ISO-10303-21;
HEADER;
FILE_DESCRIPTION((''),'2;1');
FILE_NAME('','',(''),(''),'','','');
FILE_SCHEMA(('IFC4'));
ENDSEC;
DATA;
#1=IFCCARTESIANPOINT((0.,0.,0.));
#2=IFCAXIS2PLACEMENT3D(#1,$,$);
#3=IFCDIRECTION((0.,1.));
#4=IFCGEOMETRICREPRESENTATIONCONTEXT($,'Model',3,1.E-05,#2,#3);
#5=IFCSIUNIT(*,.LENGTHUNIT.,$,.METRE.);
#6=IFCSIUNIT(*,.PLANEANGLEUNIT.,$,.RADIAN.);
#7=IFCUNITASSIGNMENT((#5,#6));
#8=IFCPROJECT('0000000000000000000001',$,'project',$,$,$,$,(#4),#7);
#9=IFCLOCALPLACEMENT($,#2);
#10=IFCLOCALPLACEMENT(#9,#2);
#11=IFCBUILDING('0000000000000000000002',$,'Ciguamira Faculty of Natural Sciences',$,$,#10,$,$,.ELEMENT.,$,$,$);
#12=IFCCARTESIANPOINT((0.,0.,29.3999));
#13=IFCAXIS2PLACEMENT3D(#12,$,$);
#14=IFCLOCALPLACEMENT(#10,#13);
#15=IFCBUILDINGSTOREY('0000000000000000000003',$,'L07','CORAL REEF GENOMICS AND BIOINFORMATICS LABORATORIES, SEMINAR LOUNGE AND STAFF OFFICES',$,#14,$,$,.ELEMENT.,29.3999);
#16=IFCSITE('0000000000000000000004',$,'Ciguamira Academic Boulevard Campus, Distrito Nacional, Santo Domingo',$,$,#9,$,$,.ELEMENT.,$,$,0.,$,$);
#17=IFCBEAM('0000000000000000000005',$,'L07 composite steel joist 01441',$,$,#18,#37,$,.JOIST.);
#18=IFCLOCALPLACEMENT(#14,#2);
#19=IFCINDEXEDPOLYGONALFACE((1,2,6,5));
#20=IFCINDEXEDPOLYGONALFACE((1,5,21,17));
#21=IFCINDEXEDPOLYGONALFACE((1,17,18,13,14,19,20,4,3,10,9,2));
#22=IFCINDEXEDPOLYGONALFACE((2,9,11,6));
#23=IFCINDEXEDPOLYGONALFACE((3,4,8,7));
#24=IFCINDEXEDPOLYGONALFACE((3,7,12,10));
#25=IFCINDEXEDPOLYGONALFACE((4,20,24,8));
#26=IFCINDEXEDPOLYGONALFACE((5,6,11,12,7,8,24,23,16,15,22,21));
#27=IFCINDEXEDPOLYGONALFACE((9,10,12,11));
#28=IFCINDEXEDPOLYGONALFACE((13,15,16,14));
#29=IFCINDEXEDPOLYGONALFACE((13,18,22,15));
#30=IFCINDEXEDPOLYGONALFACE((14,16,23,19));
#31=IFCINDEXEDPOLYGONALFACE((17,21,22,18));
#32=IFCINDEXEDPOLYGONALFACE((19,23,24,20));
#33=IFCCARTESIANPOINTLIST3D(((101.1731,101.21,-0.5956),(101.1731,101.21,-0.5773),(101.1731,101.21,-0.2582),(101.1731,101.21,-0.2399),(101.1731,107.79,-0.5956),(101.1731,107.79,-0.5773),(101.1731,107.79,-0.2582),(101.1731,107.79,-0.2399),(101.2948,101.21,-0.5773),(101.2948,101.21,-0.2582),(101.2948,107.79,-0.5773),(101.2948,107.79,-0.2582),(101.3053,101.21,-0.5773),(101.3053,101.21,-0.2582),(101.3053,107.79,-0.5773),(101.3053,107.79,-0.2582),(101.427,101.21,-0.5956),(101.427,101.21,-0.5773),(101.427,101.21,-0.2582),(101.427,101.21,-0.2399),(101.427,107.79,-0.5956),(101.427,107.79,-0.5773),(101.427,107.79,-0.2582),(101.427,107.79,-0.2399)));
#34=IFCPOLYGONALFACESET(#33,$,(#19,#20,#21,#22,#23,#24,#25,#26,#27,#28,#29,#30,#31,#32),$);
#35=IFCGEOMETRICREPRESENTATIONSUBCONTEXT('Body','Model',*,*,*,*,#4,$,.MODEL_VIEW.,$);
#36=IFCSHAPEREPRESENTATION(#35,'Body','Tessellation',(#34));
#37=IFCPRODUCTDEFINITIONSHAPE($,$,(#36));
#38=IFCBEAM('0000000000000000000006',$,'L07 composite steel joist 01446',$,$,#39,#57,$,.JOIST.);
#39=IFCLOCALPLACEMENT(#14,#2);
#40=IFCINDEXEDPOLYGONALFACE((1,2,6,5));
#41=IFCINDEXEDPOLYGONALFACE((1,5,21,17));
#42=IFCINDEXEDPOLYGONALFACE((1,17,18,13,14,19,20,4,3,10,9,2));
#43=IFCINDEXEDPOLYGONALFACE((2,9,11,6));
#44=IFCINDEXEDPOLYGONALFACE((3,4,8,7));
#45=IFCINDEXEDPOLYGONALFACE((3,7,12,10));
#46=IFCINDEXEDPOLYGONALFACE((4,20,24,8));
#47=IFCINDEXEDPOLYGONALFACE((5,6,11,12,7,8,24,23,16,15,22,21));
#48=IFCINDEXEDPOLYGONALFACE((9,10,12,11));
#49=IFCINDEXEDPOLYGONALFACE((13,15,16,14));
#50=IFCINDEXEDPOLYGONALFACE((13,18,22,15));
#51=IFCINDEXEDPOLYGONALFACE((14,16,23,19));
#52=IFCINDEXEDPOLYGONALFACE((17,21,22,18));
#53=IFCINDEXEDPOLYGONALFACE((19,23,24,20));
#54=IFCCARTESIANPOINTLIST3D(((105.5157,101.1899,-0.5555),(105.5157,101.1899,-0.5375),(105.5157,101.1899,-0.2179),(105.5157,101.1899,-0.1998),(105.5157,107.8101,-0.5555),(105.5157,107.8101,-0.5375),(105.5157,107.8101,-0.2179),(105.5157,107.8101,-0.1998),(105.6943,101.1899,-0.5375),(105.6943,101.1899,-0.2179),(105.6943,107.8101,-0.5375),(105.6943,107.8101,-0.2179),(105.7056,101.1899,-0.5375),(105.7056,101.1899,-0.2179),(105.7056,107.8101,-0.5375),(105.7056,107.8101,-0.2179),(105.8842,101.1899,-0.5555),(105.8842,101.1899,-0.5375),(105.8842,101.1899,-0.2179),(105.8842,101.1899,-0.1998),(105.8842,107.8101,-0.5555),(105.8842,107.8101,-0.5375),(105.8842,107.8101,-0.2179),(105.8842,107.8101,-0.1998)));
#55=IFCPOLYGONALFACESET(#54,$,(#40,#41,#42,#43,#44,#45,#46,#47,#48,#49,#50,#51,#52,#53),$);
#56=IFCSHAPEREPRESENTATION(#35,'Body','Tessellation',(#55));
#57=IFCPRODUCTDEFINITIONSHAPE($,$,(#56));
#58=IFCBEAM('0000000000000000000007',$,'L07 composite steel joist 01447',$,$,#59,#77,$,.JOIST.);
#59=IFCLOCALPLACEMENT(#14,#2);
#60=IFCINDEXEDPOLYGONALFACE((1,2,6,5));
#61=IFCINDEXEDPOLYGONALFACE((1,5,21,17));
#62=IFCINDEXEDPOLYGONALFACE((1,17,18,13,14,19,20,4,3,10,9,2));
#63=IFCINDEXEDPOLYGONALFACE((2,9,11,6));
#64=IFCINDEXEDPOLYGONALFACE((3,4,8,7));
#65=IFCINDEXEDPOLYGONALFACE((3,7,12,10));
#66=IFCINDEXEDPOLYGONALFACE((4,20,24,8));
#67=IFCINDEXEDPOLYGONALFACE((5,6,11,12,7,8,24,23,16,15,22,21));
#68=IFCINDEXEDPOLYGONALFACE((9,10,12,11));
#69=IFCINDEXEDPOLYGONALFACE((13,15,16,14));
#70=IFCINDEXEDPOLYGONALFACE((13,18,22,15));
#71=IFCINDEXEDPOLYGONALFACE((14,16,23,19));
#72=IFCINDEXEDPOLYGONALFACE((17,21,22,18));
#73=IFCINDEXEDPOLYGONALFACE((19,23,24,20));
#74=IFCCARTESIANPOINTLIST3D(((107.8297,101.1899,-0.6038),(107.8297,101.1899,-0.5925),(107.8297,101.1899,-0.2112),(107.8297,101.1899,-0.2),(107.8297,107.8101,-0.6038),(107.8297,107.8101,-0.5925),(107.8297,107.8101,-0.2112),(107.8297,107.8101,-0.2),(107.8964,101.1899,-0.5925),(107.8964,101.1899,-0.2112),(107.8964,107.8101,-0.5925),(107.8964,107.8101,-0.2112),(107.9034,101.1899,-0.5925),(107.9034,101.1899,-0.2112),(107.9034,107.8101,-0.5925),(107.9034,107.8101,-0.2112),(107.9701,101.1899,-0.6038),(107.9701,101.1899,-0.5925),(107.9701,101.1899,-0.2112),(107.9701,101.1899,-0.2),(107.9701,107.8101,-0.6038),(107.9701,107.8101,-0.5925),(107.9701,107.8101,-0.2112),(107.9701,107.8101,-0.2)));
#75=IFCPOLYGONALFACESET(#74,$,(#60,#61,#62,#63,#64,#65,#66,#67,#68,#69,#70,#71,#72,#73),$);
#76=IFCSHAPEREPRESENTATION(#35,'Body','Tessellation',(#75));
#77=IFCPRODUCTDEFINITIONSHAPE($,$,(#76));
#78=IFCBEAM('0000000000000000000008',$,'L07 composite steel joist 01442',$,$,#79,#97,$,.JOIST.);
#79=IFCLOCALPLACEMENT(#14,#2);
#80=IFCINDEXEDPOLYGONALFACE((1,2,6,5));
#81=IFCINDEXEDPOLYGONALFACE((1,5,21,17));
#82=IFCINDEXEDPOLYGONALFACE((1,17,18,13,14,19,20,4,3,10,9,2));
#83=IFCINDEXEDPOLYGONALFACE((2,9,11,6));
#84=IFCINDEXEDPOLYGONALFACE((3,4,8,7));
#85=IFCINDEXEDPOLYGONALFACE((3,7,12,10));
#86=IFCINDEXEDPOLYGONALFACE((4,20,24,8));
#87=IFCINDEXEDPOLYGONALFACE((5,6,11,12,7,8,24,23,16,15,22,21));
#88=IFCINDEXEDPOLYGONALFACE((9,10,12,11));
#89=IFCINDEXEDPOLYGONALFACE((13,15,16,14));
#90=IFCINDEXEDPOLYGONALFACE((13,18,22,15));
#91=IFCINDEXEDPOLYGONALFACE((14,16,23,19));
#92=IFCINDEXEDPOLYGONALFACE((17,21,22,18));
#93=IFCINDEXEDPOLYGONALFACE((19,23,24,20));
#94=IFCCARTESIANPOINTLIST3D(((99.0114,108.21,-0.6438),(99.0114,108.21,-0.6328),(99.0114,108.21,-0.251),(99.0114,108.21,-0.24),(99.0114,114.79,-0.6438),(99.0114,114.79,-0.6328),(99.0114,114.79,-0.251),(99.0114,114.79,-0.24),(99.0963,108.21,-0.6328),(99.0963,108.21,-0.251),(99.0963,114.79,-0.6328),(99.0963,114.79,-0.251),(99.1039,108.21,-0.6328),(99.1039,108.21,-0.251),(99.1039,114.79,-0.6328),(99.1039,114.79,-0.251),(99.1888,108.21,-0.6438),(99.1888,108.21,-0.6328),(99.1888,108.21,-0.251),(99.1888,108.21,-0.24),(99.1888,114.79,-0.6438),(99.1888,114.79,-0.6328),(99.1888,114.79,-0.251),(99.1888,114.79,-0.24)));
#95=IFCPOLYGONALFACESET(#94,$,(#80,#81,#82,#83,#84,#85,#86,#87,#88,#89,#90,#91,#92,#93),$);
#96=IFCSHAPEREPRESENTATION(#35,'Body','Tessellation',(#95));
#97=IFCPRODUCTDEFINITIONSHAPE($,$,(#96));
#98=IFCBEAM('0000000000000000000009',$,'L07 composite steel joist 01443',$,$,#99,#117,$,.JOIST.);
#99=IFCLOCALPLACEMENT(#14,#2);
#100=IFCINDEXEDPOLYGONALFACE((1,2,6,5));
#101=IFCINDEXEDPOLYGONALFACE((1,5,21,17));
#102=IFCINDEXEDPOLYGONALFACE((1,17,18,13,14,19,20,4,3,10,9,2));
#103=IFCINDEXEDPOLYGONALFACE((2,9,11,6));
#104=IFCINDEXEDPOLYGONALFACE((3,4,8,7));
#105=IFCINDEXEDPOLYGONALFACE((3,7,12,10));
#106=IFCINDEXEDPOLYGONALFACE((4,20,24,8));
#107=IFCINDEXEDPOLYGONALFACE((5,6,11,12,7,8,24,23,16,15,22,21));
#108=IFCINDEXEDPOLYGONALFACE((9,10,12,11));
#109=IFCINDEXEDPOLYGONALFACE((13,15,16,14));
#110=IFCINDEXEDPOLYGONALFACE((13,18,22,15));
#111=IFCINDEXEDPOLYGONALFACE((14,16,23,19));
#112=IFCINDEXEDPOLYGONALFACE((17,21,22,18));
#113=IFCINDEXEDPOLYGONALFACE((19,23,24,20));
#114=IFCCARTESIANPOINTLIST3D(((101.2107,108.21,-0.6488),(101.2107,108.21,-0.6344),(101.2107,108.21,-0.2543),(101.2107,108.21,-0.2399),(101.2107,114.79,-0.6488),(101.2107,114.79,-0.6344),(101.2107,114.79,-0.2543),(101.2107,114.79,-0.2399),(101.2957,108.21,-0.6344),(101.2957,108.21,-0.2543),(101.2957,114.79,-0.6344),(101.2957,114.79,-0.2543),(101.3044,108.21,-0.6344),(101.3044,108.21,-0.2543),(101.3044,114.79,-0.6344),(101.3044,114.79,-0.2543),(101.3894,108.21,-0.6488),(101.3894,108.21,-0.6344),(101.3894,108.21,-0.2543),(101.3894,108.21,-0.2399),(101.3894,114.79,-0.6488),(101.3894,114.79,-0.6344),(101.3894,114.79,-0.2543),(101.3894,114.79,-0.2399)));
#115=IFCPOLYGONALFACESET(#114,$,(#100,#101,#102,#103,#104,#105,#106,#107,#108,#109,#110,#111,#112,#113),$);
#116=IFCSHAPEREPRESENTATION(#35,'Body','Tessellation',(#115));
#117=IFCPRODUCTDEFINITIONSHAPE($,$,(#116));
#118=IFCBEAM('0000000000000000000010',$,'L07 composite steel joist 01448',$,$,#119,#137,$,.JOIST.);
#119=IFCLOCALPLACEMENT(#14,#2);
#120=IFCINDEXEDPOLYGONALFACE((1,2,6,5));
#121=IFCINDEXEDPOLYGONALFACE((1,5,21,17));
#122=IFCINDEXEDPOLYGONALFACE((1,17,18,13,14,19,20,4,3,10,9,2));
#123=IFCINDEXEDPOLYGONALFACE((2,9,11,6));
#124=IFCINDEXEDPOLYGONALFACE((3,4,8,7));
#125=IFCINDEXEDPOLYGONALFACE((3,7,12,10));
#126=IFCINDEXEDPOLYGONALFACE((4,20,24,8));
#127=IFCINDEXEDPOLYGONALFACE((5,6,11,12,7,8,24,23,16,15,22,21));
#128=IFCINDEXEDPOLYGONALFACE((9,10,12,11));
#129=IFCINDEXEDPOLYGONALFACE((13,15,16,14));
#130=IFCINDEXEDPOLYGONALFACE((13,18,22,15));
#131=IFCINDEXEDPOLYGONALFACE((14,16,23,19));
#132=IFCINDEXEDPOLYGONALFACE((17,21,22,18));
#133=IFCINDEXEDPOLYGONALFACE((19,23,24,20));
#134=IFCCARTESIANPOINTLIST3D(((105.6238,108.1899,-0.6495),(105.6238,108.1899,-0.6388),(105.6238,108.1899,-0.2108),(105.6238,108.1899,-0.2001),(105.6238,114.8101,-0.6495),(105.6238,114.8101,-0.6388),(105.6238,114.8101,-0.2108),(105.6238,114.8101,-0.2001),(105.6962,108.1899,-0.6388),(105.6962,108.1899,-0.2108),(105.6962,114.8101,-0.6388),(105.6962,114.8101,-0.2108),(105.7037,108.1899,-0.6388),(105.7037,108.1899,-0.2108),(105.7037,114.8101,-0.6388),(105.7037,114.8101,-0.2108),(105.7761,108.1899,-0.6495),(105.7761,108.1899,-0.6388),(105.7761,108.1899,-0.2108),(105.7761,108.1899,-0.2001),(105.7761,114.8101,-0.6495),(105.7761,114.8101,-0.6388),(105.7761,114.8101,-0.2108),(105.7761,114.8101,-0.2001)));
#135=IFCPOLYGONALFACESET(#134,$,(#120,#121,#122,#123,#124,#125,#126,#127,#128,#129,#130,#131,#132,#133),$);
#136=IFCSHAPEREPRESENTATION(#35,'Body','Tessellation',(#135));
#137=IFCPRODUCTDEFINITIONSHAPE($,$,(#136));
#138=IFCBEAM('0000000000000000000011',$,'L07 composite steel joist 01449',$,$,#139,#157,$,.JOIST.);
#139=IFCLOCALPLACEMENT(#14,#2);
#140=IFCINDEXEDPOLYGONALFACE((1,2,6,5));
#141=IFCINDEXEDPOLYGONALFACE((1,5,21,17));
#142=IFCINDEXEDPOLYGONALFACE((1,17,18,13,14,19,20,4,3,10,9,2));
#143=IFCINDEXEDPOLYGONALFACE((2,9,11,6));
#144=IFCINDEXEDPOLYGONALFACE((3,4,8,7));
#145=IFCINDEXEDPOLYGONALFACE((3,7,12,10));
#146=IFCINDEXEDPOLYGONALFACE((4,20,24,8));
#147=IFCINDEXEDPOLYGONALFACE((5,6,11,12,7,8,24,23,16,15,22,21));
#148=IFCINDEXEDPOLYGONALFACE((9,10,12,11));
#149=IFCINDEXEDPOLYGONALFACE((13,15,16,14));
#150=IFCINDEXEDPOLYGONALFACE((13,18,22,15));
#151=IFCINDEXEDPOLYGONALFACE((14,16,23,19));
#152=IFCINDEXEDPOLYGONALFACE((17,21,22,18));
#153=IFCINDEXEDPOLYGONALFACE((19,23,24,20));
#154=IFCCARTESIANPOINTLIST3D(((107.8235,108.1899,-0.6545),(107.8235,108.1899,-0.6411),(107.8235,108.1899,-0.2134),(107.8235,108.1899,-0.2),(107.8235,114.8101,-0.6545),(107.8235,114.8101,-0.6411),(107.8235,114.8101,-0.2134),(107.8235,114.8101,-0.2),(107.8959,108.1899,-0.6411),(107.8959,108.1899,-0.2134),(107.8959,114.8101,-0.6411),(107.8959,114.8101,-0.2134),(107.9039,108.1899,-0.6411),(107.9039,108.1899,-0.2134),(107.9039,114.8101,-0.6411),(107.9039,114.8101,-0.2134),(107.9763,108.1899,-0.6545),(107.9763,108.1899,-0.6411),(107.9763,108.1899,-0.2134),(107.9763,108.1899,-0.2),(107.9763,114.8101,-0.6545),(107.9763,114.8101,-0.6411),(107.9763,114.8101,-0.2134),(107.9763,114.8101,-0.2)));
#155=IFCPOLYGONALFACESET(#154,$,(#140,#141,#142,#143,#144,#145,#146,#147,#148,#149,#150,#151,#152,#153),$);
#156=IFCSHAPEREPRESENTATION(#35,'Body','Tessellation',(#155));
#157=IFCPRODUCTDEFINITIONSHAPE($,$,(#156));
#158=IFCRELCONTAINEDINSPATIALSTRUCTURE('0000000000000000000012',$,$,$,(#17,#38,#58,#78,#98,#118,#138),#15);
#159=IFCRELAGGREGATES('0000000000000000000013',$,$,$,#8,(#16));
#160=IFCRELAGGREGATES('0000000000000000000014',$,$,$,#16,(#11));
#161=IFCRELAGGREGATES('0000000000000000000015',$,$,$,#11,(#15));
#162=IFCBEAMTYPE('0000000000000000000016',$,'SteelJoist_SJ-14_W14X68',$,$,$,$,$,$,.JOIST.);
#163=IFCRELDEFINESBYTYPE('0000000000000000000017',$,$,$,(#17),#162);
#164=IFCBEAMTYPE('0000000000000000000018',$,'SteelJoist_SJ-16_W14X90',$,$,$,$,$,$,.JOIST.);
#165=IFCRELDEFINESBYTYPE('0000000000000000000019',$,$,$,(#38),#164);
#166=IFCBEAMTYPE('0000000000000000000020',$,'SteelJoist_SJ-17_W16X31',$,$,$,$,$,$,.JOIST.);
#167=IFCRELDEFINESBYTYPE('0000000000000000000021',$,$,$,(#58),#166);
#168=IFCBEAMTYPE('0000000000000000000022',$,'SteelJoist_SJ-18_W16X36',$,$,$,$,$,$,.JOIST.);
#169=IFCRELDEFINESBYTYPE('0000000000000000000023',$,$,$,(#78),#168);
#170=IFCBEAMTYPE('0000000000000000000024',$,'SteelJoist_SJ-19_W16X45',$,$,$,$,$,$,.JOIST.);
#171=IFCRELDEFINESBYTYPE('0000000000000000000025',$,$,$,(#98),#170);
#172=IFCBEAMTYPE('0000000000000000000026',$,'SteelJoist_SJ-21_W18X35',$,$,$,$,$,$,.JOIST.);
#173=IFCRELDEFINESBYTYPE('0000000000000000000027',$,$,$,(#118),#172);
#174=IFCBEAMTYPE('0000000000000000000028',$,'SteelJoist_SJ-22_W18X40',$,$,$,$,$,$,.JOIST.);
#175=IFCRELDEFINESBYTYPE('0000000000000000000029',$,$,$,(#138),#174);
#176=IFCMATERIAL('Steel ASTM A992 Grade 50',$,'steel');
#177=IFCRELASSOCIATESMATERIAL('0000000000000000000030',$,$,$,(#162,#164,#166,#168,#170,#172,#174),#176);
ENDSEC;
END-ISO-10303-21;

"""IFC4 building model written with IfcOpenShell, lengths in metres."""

from ifc_helpers import new_model, si_unit, direction, frame, origin, origin_2d, place, context, subcontext, project, spatial, i_section, extrude, material, material_profile, profile_set, type_object, element, save


model = new_model("IFC4")

# Units and contexts
model_context = context("Model", 3, precision=1e-05, world=origin(), true_north=direction((0.0, 1.0)))
body_context = subcontext(model_context, "Body", "Model", "MODEL_VIEW")
ifc_project = project(units=[si_unit("LENGTHUNIT", "METRE"), si_unit("PLANEANGLEUNIT", "RADIAN")], contexts=[model_context])

# Site, building, storey
site_placement = place(None, origin())
site = spatial("IfcSite", under=ifc_project, at=site_placement, Name="Ciguamira Academic Boulevard Campus, Distrito Nacional, Santo Domingo", CompositionType="ELEMENT", RefElevation=0.0)
building_placement = place(site_placement, origin())
building = spatial("IfcBuilding", under=site, at=building_placement, Name="Ciguamira Faculty of Natural Sciences", CompositionType="ELEMENT")
storey_placement = place(building_placement, frame((0.0, 0.0, 29.3999)))
storey = spatial("IfcBuildingStorey", under=building, at=storey_placement, Name="L07", Description="CORAL REEF GENOMICS AND BIOINFORMATICS LABORATORIES, SEMINAR LOUNGE AND STAFF OFFICES", CompositionType="ELEMENT", Elevation=29.3999)

# Beams
ifc_material_1 = material(Name="Steel ASTM A992 Grade 50", Category="steel")
ifc_material_profile_1 = material_profile(ifc_material_1, i_section(OverallWidth=0.2539, OverallDepth=0.3557, WebThickness=0.0105, FlangeThickness=0.0183, at=origin_2d()), Name="W14X68")
ifc_profile_set_1 = profile_set([ifc_material_profile_1], Name="Steel ASTM A992 Grade 50")
beam_type_1 = type_object("IfcBeamType", Name="SteelJoist_SJ-14_W14X68", PredefinedType="JOIST", material=ifc_profile_set_1)
beam_1_placement = place(storey_placement, frame((101.3, 101.21, -0.4177), z_axis=(0.0, 1.0, 0.0), x_axis=(-1.0, 0.0, 0.0)))
element("IfcBeam", 1, at=beam_1_placement, inside=storey, type_object=beam_type_1, Name="L07 composite steel joist 01441", PredefinedType="JOIST", context=body_context, shape_type="SweptSolid", body=[
    extrude(i_section(OverallWidth=0.2539, OverallDepth=0.3557, WebThickness=0.0105, FlangeThickness=0.0183, at=origin_2d()), origin(), (0.0, 0.0, 1.0), 6.5801),
])
ifc_material_profile_2 = material_profile(ifc_material_1, i_section(OverallWidth=0.3684, OverallDepth=0.3557, WebThickness=0.0112, FlangeThickness=0.0181, at=origin_2d()), Name="W14X90")
ifc_profile_set_2 = profile_set([ifc_material_profile_2], Name="Steel ASTM A992 Grade 50")
beam_type_2 = type_object("IfcBeamType", Name="SteelJoist_SJ-16_W14X90", PredefinedType="JOIST", material=ifc_profile_set_2)
beam_2_placement = place(storey_placement, frame((105.7, 101.1899, -0.3777), z_axis=(0.0, 1.0, 0.0), x_axis=(-1.0, 0.0, 0.0)))
element("IfcBeam", 2, at=beam_2_placement, inside=storey, type_object=beam_type_2, Name="L07 composite steel joist 01446", PredefinedType="JOIST", context=body_context, shape_type="SweptSolid", body=[
    extrude(i_section(OverallWidth=0.3684, OverallDepth=0.3557, WebThickness=0.0112, FlangeThickness=0.0181, at=origin_2d()), origin(), (0.0, 0.0, 1.0), 6.6201),
])
ifc_material_profile_3 = material_profile(ifc_material_1, i_section(OverallWidth=0.1404, OverallDepth=0.4038, WebThickness=0.0071, FlangeThickness=0.0112, at=origin_2d()), Name="W16X31")
ifc_profile_set_3 = profile_set([ifc_material_profile_3], Name="Steel ASTM A992 Grade 50")
beam_type_3 = type_object("IfcBeamType", Name="SteelJoist_SJ-17_W16X31", PredefinedType="JOIST", material=ifc_profile_set_3)
beam_3_placement = place(storey_placement, frame((107.8999, 101.1899, -0.4019), z_axis=(0.0, 1.0, 0.0), x_axis=(-1.0, 0.0, 0.0)))
element("IfcBeam", 3, at=beam_3_placement, inside=storey, type_object=beam_type_3, Name="L07 composite steel joist 01447", PredefinedType="JOIST", context=body_context, shape_type="SweptSolid", body=[
    extrude(i_section(OverallWidth=0.1404, OverallDepth=0.4038, WebThickness=0.0071, FlangeThickness=0.0112, at=origin_2d()), origin(), (0.0, 0.0, 1.0), 6.6201),
])
ifc_material_profile_4 = material_profile(ifc_material_1, i_section(OverallWidth=0.1775, OverallDepth=0.4038, WebThickness=0.0076, FlangeThickness=0.011, at=origin_2d()), Name="W16X36")
ifc_profile_set_4 = profile_set([ifc_material_profile_4], Name="Steel ASTM A992 Grade 50")
beam_type_4 = type_object("IfcBeamType", Name="SteelJoist_SJ-18_W16X36", PredefinedType="JOIST", material=ifc_profile_set_4)
beam_4_placement = place(storey_placement, frame((99.1001, 108.21, -0.4419), z_axis=(0.0, 1.0, 0.0), x_axis=(-1.0, 0.0, 0.0)))
element("IfcBeam", 4, at=beam_4_placement, inside=storey, type_object=beam_type_4, Name="L07 composite steel joist 01442", PredefinedType="JOIST", context=body_context, shape_type="SweptSolid", body=[
    extrude(i_section(OverallWidth=0.1775, OverallDepth=0.4038, WebThickness=0.0076, FlangeThickness=0.011, at=origin_2d()), origin(), (0.0, 0.0, 1.0), 6.5801),
])
ifc_material_profile_5 = material_profile(ifc_material_1, i_section(OverallWidth=0.1787, OverallDepth=0.4089, WebThickness=0.0088, FlangeThickness=0.0144, at=origin_2d()), Name="W16X45")
ifc_profile_set_5 = profile_set([ifc_material_profile_5], Name="Steel ASTM A992 Grade 50")
beam_type_5 = type_object("IfcBeamType", Name="SteelJoist_SJ-19_W16X45", PredefinedType="JOIST", material=ifc_profile_set_5)
beam_5_placement = place(storey_placement, frame((101.3, 108.21, -0.4443), z_axis=(0.0, 1.0, 0.0), x_axis=(-1.0, 0.0, 0.0)))
element("IfcBeam", 5, at=beam_5_placement, inside=storey, type_object=beam_type_5, Name="L07 composite steel joist 01443", PredefinedType="JOIST", context=body_context, shape_type="SweptSolid", body=[
    extrude(i_section(OverallWidth=0.1787, OverallDepth=0.4089, WebThickness=0.0088, FlangeThickness=0.0144, at=origin_2d()), origin(), (0.0, 0.0, 1.0), 6.5801),
])
ifc_material_profile_6 = material_profile(ifc_material_1, i_section(OverallWidth=0.1523, OverallDepth=0.4495, WebThickness=0.0076, FlangeThickness=0.0107, at=origin_2d()), Name="W18X35")
ifc_profile_set_6 = profile_set([ifc_material_profile_6], Name="Steel ASTM A992 Grade 50")
beam_type_6 = type_object("IfcBeamType", Name="SteelJoist_SJ-21_W18X35", PredefinedType="JOIST", material=ifc_profile_set_6)
beam_6_placement = place(storey_placement, frame((105.7, 108.1899, -0.4248), z_axis=(0.0, 1.0, 0.0), x_axis=(-1.0, 0.0, 0.0)))
element("IfcBeam", 6, at=beam_6_placement, inside=storey, type_object=beam_type_6, Name="L07 composite steel joist 01448", PredefinedType="JOIST", context=body_context, shape_type="SweptSolid", body=[
    extrude(i_section(OverallWidth=0.1523, OverallDepth=0.4495, WebThickness=0.0076, FlangeThickness=0.0107, at=origin_2d()), origin(), (0.0, 0.0, 1.0), 6.6201),
])
ifc_material_profile_7 = material_profile(ifc_material_1, i_section(OverallWidth=0.1528, OverallDepth=0.4546, WebThickness=0.0081, FlangeThickness=0.0134, at=origin_2d()), Name="W18X40")
ifc_profile_set_7 = profile_set([ifc_material_profile_7], Name="Steel ASTM A992 Grade 50")
beam_type_7 = type_object("IfcBeamType", Name="SteelJoist_SJ-22_W18X40", PredefinedType="JOIST", material=ifc_profile_set_7)
beam_7_placement = place(storey_placement, frame((107.8999, 108.1899, -0.4272), z_axis=(0.0, 1.0, 0.0), x_axis=(-1.0, 0.0, 0.0)))
element("IfcBeam", 7, at=beam_7_placement, inside=storey, type_object=beam_type_7, Name="L07 composite steel joist 01449", PredefinedType="JOIST", context=body_context, shape_type="SweptSolid", body=[
    extrude(i_section(OverallWidth=0.1528, OverallDepth=0.4546, WebThickness=0.0081, FlangeThickness=0.0134, at=origin_2d()), origin(), (0.0, 0.0, 1.0), 6.6201),
])

save(model, "model.ifc")
